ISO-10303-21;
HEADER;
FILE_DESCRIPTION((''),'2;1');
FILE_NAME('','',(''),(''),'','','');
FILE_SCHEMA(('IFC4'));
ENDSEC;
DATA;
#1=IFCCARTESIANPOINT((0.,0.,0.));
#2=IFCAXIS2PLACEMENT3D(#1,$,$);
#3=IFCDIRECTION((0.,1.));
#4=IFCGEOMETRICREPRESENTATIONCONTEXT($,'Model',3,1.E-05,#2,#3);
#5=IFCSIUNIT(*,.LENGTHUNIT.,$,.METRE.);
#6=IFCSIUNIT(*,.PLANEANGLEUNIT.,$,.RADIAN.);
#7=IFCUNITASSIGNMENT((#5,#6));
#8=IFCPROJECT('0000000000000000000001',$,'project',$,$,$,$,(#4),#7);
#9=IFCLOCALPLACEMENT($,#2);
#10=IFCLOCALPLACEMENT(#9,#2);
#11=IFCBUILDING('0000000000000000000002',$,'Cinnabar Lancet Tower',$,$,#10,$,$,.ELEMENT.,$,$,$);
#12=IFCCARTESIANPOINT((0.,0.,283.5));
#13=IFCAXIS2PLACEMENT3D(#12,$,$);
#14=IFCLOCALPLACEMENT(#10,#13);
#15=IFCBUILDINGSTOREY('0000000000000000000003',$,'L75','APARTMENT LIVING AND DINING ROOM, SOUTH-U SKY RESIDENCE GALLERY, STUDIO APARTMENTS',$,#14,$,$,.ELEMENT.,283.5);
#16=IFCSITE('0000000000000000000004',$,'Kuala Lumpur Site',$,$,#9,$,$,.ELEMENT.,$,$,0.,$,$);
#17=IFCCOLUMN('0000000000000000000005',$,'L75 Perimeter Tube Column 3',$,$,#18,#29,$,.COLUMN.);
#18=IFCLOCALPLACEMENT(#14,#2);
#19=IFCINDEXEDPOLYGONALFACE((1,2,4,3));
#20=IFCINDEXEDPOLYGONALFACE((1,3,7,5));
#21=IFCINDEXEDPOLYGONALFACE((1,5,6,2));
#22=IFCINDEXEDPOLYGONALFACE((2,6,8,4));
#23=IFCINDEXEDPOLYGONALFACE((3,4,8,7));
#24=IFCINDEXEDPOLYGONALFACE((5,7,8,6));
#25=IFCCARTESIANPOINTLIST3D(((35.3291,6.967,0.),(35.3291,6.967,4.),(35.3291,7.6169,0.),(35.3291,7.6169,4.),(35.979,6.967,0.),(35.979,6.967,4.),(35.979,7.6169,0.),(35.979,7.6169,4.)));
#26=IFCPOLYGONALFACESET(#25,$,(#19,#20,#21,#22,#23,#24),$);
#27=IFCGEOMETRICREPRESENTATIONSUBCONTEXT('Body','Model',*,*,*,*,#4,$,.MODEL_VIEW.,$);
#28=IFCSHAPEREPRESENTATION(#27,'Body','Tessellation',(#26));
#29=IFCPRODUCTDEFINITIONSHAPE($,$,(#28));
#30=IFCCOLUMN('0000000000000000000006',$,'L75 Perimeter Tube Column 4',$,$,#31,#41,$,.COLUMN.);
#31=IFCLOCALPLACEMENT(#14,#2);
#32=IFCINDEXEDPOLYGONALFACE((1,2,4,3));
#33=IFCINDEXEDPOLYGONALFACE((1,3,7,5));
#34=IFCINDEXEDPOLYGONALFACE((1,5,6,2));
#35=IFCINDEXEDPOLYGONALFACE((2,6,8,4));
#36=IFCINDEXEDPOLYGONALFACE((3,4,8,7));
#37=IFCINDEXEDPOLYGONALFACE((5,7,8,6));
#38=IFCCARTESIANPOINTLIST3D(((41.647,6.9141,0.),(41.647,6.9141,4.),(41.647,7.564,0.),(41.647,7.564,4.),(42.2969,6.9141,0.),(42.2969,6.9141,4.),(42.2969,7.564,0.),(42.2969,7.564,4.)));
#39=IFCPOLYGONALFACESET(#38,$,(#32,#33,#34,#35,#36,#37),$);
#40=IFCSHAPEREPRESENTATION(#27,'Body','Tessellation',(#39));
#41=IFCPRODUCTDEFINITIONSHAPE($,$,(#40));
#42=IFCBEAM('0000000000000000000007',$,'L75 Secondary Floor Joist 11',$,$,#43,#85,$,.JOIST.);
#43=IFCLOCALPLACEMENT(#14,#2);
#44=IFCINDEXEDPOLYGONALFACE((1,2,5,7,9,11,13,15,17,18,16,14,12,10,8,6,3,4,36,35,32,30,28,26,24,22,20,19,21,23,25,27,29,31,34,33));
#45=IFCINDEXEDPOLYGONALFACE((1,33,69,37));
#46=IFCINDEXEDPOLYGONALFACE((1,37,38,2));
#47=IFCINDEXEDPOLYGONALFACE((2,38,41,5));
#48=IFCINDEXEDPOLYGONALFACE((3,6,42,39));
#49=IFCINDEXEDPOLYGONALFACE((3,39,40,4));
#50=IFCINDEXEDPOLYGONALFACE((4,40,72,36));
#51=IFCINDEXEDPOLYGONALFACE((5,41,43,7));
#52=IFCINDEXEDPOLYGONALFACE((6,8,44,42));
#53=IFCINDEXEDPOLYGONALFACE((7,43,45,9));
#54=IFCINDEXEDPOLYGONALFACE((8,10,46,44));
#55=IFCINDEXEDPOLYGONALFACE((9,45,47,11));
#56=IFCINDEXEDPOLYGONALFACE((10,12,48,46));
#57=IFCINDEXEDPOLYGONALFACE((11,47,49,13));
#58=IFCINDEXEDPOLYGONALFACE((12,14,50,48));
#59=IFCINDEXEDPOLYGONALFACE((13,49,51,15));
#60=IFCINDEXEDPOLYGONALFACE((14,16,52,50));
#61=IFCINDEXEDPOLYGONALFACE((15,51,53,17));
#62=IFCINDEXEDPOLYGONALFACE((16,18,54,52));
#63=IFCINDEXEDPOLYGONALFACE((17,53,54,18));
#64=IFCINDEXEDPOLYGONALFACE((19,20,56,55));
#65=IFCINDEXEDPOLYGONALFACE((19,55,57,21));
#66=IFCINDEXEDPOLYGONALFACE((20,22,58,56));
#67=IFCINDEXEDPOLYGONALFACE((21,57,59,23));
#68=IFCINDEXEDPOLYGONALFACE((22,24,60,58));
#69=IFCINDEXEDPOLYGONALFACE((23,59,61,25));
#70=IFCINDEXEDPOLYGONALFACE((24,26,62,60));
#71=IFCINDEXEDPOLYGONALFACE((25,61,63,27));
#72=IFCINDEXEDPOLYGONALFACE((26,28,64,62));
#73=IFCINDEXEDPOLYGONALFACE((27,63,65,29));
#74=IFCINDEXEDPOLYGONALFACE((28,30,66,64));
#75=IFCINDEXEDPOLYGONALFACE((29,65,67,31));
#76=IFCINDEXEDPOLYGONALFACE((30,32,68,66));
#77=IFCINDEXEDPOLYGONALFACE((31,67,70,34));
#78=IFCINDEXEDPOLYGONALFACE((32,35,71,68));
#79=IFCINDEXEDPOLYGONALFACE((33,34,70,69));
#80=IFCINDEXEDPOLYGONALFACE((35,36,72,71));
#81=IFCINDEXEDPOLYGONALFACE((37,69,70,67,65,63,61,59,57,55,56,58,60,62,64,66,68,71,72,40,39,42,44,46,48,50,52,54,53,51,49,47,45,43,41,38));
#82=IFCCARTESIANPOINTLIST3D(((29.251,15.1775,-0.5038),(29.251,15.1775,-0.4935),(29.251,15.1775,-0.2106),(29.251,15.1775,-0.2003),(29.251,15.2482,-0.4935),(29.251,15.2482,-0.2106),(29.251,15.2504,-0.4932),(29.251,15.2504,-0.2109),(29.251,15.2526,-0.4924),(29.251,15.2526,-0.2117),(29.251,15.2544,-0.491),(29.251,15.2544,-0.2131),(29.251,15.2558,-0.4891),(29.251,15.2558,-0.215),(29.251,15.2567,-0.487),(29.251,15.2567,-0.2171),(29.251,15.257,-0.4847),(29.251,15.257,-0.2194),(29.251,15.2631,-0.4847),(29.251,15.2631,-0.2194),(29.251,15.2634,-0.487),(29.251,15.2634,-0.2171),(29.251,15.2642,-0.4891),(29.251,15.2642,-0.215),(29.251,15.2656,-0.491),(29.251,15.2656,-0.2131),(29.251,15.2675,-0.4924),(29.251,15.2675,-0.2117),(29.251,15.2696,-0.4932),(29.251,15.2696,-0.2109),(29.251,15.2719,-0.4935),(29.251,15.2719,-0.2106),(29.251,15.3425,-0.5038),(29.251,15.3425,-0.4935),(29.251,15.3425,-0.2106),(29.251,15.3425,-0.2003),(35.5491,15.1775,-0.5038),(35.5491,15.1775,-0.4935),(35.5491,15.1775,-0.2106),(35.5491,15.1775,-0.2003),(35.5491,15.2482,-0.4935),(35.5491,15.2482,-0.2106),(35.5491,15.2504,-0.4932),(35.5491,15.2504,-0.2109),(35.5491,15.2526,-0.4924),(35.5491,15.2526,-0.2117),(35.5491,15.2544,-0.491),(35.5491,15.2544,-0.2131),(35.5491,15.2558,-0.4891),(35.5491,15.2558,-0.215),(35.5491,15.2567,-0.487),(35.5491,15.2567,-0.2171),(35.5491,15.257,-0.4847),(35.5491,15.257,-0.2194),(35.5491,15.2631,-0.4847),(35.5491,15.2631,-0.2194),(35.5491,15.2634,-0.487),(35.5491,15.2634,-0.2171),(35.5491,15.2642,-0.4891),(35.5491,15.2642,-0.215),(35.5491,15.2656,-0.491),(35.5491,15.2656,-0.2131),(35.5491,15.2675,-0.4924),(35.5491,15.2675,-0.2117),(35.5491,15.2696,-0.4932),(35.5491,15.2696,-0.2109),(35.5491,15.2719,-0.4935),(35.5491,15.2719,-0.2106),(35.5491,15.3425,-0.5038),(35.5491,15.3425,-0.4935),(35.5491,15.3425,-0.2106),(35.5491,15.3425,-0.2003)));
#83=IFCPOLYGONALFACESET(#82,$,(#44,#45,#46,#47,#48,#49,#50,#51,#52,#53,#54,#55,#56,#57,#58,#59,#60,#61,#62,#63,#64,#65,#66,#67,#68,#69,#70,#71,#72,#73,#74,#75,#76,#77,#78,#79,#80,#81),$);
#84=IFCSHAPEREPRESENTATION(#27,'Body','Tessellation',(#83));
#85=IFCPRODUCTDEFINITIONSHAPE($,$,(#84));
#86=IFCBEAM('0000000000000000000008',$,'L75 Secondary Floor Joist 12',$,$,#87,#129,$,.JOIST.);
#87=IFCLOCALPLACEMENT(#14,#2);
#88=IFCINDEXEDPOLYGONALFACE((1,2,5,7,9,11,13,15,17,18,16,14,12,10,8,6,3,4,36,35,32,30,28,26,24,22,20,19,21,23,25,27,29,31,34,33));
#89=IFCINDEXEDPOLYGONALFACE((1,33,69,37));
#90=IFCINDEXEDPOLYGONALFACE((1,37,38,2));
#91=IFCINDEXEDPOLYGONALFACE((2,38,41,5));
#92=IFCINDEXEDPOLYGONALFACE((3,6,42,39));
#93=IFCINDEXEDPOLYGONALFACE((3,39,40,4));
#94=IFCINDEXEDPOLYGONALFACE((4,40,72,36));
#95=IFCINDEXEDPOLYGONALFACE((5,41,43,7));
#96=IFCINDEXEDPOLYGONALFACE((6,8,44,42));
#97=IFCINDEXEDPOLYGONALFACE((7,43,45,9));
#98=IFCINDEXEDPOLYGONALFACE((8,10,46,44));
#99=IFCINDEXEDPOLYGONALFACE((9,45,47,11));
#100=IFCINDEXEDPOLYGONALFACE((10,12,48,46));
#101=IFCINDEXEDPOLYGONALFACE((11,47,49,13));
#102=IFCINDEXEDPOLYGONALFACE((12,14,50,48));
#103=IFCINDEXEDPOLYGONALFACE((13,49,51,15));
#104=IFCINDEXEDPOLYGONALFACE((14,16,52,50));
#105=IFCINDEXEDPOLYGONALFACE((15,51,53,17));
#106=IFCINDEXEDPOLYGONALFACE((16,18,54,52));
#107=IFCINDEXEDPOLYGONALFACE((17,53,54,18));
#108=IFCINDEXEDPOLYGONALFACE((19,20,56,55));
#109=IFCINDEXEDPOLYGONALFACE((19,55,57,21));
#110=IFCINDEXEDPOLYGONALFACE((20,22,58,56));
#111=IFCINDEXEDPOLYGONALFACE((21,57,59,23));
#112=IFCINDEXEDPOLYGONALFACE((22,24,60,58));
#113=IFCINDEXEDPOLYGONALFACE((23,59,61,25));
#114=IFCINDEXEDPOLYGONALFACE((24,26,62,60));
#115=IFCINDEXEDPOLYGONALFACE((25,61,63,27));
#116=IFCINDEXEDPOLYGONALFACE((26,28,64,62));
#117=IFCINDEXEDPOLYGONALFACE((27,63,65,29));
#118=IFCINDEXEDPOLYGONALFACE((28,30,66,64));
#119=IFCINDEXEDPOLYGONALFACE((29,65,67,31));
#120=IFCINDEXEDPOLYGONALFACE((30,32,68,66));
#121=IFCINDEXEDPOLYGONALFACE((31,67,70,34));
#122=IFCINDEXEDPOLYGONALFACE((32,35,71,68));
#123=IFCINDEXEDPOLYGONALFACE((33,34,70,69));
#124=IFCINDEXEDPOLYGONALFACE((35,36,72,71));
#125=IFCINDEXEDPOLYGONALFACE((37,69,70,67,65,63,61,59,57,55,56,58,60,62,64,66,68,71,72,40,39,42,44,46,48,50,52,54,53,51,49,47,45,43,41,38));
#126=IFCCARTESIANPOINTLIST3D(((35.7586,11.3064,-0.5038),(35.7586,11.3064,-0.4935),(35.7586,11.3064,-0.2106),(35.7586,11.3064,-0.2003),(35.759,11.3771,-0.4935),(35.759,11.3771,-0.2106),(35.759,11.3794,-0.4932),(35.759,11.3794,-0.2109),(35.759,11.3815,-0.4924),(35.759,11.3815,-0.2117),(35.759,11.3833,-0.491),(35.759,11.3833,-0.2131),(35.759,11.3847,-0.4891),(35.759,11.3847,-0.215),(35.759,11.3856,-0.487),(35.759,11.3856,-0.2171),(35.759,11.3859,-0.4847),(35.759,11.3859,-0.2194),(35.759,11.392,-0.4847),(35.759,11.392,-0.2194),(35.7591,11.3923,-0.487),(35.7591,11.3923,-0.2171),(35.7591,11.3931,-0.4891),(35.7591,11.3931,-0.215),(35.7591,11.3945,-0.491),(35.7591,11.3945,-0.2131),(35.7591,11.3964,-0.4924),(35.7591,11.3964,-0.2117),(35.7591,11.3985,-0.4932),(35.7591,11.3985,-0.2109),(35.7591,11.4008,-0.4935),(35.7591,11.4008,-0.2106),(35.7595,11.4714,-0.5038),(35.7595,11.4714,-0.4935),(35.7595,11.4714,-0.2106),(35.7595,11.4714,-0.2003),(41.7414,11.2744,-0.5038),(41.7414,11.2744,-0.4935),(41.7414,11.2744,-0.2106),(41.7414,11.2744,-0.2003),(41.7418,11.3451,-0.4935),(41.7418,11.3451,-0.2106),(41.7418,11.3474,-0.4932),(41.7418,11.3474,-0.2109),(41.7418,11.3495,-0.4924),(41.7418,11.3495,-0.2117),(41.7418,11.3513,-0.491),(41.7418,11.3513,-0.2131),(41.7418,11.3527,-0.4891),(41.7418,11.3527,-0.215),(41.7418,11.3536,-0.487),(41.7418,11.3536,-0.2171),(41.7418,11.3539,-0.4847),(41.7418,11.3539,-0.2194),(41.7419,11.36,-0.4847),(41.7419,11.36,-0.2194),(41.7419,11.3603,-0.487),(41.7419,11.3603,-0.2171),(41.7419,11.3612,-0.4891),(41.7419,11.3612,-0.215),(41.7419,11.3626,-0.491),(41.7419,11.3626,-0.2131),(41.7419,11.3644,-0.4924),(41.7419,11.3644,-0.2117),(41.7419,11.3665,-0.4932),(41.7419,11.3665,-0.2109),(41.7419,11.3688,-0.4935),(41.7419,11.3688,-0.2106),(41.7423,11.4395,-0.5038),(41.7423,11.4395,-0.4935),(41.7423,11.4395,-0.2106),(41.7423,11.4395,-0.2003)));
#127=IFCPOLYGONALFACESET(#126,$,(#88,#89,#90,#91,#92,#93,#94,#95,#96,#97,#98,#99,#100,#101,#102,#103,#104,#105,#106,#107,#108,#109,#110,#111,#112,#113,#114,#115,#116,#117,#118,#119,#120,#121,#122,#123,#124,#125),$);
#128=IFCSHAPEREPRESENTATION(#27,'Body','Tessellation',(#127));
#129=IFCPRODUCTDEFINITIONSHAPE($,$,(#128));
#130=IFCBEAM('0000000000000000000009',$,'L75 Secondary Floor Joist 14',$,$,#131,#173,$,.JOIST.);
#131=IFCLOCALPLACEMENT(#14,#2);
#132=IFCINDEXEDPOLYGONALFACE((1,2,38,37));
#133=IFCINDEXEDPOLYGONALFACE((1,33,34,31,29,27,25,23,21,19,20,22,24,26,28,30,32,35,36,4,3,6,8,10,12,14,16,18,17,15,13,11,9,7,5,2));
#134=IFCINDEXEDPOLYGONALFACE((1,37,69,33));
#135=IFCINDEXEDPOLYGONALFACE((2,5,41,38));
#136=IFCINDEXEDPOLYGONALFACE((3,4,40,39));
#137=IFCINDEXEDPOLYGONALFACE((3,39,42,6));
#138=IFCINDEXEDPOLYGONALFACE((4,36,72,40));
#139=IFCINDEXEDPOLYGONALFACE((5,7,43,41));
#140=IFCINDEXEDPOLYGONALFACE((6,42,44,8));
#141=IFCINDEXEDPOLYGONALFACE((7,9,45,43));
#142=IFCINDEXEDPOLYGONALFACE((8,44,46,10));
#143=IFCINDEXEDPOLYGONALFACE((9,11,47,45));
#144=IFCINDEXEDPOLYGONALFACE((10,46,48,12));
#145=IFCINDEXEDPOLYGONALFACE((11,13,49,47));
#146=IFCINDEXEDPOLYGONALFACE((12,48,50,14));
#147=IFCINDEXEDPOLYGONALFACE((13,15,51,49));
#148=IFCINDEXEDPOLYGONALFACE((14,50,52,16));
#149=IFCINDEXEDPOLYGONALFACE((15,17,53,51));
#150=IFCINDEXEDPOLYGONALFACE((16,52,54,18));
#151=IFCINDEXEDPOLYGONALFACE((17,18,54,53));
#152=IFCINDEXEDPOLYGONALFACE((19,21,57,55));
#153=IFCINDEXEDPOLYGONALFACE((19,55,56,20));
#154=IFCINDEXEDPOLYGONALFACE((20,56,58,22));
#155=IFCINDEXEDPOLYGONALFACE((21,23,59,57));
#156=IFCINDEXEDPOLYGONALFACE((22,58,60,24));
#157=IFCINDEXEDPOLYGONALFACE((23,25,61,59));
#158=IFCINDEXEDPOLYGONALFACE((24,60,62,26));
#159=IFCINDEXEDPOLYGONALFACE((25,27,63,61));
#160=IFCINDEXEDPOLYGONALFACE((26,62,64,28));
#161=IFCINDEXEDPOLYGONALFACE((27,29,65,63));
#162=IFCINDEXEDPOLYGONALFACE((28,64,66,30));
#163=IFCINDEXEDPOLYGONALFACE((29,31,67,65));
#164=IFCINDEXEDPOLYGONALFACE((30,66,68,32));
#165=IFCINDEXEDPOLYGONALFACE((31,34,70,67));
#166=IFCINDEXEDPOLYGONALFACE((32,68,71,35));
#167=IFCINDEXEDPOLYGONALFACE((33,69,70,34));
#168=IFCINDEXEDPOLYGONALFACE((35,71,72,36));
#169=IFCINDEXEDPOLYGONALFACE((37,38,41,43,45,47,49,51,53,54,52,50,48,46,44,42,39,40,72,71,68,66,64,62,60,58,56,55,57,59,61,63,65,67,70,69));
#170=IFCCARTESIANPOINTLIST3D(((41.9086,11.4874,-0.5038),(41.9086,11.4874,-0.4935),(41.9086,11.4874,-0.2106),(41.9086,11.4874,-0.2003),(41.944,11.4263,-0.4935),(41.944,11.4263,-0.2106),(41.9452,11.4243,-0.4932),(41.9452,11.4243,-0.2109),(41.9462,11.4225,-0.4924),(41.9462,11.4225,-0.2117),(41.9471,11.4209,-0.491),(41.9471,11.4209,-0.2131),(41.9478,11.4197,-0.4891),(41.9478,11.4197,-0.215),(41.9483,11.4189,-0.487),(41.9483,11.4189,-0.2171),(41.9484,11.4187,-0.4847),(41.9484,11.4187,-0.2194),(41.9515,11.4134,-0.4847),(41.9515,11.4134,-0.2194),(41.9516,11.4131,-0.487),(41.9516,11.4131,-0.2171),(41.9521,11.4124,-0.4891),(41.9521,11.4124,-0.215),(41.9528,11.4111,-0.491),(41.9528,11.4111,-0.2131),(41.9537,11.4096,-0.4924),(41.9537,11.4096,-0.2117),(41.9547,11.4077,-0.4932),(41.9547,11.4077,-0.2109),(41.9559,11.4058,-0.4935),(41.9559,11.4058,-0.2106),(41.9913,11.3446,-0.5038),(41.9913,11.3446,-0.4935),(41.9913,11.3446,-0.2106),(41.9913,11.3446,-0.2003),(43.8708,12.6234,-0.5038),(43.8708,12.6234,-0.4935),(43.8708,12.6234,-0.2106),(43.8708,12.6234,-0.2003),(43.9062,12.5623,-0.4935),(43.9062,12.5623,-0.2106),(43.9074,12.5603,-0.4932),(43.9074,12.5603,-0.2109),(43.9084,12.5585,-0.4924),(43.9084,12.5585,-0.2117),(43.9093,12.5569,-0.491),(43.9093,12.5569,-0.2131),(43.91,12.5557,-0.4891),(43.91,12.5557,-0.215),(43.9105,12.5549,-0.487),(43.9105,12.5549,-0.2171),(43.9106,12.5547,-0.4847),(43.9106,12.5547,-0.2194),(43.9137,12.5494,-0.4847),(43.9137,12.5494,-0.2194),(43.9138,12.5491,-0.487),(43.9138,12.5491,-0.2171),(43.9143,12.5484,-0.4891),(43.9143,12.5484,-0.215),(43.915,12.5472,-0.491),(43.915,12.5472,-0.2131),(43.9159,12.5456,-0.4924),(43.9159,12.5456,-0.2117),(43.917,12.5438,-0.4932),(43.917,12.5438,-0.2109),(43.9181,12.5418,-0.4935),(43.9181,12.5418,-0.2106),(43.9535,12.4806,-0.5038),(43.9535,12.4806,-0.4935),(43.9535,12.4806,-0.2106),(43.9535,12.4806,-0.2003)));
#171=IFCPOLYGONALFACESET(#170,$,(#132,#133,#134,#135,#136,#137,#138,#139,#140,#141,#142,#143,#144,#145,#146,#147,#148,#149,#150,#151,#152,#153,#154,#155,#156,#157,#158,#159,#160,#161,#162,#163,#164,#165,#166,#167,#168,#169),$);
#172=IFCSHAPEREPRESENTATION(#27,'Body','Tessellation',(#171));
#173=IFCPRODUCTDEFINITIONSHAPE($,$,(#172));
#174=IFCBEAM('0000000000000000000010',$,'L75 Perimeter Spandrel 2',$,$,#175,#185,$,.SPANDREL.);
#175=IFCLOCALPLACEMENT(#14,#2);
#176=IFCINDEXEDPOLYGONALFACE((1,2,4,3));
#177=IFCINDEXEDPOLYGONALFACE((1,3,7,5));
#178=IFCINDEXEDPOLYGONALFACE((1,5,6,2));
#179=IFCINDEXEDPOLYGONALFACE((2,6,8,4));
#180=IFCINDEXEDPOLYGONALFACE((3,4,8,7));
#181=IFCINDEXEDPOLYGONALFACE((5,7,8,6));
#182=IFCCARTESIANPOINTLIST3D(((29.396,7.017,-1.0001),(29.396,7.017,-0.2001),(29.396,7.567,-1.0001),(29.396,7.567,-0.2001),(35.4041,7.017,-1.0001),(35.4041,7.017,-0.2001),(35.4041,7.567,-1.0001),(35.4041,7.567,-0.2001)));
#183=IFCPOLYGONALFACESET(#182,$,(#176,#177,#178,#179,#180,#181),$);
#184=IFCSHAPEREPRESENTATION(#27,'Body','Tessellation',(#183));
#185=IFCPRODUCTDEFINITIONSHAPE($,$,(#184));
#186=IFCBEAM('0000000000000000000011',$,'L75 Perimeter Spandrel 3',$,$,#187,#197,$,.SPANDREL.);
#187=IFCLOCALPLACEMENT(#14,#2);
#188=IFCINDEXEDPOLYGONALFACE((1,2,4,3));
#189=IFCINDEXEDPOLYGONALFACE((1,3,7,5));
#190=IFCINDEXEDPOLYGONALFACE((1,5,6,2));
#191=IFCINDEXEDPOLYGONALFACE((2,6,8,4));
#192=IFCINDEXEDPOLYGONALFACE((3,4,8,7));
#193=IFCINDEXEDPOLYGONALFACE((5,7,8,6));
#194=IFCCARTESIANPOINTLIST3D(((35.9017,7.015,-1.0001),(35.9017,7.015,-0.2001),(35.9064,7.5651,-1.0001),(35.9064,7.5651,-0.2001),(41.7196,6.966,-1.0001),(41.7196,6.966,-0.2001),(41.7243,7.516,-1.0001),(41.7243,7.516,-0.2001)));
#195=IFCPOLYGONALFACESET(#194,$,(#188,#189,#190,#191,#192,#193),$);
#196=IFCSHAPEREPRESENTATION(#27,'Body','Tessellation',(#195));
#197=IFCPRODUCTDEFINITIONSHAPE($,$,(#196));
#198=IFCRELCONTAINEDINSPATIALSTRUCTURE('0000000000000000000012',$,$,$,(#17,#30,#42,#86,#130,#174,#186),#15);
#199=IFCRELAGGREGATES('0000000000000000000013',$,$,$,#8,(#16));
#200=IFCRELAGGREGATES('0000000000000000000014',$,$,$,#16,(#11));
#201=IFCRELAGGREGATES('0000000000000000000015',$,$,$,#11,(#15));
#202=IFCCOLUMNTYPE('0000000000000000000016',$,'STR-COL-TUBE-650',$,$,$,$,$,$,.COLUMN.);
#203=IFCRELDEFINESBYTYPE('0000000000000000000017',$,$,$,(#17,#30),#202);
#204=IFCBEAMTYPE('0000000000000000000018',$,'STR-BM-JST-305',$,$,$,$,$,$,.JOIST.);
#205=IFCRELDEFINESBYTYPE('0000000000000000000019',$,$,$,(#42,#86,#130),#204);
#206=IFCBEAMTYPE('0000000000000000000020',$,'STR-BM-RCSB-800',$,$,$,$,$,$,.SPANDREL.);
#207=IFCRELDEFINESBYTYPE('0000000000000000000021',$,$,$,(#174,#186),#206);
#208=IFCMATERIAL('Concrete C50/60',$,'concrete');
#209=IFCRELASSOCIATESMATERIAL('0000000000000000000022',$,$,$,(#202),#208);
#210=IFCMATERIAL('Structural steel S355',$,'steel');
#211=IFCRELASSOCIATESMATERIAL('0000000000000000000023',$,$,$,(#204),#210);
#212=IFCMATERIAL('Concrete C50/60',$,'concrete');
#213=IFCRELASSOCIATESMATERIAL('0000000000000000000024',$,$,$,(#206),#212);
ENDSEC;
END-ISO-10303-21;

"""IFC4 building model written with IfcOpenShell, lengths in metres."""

from ifc_helpers import new_model, si_unit, direction, frame, origin, origin_2d, place, context, subcontext, project, spatial, rectangle, i_section, extrude, material, material_profile, profile_set, type_object, element, save


model = new_model("IFC4")

# Units and contexts
model_context = context("Model", 3, precision=1e-05, world=origin(), true_north=direction((0.0, 1.0)))
body_context = subcontext(model_context, "Body", "Model", "MODEL_VIEW")
ifc_project = project(units=[si_unit("LENGTHUNIT", "METRE"), si_unit("PLANEANGLEUNIT", "RADIAN")], contexts=[model_context])

# Site, building, storey
site_placement = place(None, origin())
site = spatial("IfcSite", under=ifc_project, at=site_placement, Name="Kuala Lumpur Site", CompositionType="ELEMENT", RefElevation=0.0)
building_placement = place(site_placement, origin())
building = spatial("IfcBuilding", under=site, at=building_placement, Name="Cinnabar Lancet Tower", CompositionType="ELEMENT")
storey_placement = place(building_placement, frame((0.0, 0.0, 283.5)))
storey = spatial("IfcBuildingStorey", under=building, at=storey_placement, Name="L75", Description="APARTMENT LIVING AND DINING ROOM, SOUTH-U SKY RESIDENCE GALLERY, STUDIO APARTMENTS", CompositionType="ELEMENT", Elevation=283.5)

# Columns
ifc_material_1 = material(Name="Concrete C50/60", Category="concrete")
ifc_material_profile_1 = material_profile(ifc_material_1, rectangle(XDim=0.6499, YDim=0.6499, at=origin_2d()), Name="RC-COL 650x650")
ifc_profile_set_1 = profile_set([ifc_material_profile_1], Name="Concrete C50/60")
column_type = type_object("IfcColumnType", Name="STR-COL-TUBE-650", PredefinedType="COLUMN", material=ifc_profile_set_1)
for number, where, z_axis, x_axis, name in (
    (1, (35.6541, 7.292, 0.0), (0.0, 0.0, 1.0), (1.0, 0.0, 0.0), "L75 Perimeter Tube Column 3"),
    (2, (41.9719, 7.239, 0.0), (0.0, 0.0, 1.0), (1.0, 0.0, 0.0), "L75 Perimeter Tube Column 4"),
):
    element("IfcColumn", number, at=place(storey_placement, frame(where, z_axis=z_axis, x_axis=x_axis)), inside=storey, type_object=column_type, Name=name, PredefinedType="COLUMN", context=body_context, shape_type="SweptSolid", body=[
        extrude(rectangle(XDim=0.6499, YDim=0.6499, at=origin_2d()), origin(), (0.0, 0.0, 1.0), 4.0),
    ])

# Beams
ifc_material_2 = material(Name="Structural steel S355", Category="steel")
ifc_material_profile_2 = material_profile(ifc_material_2, i_section(OverallWidth=0.165, OverallDepth=0.3035, WebThickness=0.0061, FlangeThickness=0.0103, FilletRadius=0.0088, at=origin_2d()), Name="UKB 305x165x40")
ifc_profile_set_2 = profile_set([ifc_material_profile_2], Name="Structural steel S355")
beam_type_1 = type_object("IfcBeamType", Name="STR-BM-JST-305", PredefinedType="JOIST", material=ifc_profile_set_2)
beam_1_placement = place(storey_placement, frame((29.251, 15.26, -0.3521), z_axis=(1.0, 0.0, 0.0), x_axis=(0.0, 1.0, 0.0)))
element("IfcBeam", 3, at=beam_1_placement, inside=storey, type_object=beam_type_1, Name="L75 Secondary Floor Joist 11", PredefinedType="JOIST", context=body_context, shape_type="SweptSolid", body=[
    extrude(i_section(OverallWidth=0.165, OverallDepth=0.3035, WebThickness=0.0061, FlangeThickness=0.0103, FilletRadius=0.0088, at=origin_2d()), origin(), (0.0, 0.0, 1.0), 6.2981),
])
beam_2_placement = place(storey_placement, frame((35.759, 11.3889, -0.3521), z_axis=(0.999986, -0.005346, 0.0), x_axis=(0.005346, 0.999986, 0.0)))
element("IfcBeam", 4, at=beam_2_placement, inside=storey, type_object=beam_type_1, Name="L75 Secondary Floor Joist 12", PredefinedType="JOIST", context=body_context, shape_type="SweptSolid", body=[
    extrude(i_section(OverallWidth=0.165, OverallDepth=0.3035, WebThickness=0.0061, FlangeThickness=0.0103, FilletRadius=0.0088, at=origin_2d()), origin(), (0.0, 0.0, 1.0), 5.9829),
])
beam_3_placement = place(storey_placement, frame((41.95, 11.416, -0.3521), z_axis=(0.865426, 0.501036, 0.0), x_axis=(-0.501036, 0.865426, 0.0)))
element("IfcBeam", 5, at=beam_3_placement, inside=storey, type_object=beam_type_1, Name="L75 Secondary Floor Joist 14", PredefinedType="JOIST", context=body_context, shape_type="SweptSolid", body=[
    extrude(i_section(OverallWidth=0.165, OverallDepth=0.3035, WebThickness=0.0061, FlangeThickness=0.0103, FilletRadius=0.0088, at=origin_2d()), origin(), (0.0, 0.0, 1.0), 2.2673),
])
ifc_material_3 = material(Name="Concrete C50/60", Category="concrete")
ifc_material_profile_3 = material_profile(ifc_material_3, rectangle(XDim=0.55, YDim=0.8, at=origin_2d()), Name="RC-SB 550x800")
ifc_profile_set_3 = profile_set([ifc_material_profile_3], Name="Concrete C50/60")
beam_type_2 = type_object("IfcBeamType", Name="STR-BM-RCSB-800", PredefinedType="SPANDREL", material=ifc_profile_set_3)
beam_4_placement = place(storey_placement, frame((29.396, 7.292, -0.6001), z_axis=(1.0, 0.0, 0.0), x_axis=(0.0, 1.0, 0.0)))
element("IfcBeam", 6, at=beam_4_placement, inside=storey, type_object=beam_type_2, Name="L75 Perimeter Spandrel 2", PredefinedType="SPANDREL", context=body_context, shape_type="SweptSolid", body=[
    extrude(rectangle(XDim=0.55, YDim=0.8, at=origin_2d()), origin(), (0.0, 0.0, 1.0), 6.0081),
])
beam_5_placement = place(storey_placement, frame((35.9041, 7.29, -0.6001), z_axis=(0.999964, -0.008434, 0.0), x_axis=(0.008434, 0.999964, 0.0)))
element("IfcBeam", 7, at=beam_5_placement, inside=storey, type_object=beam_type_2, Name="L75 Perimeter Spandrel 3", PredefinedType="SPANDREL", context=body_context, shape_type="SweptSolid", body=[
    extrude(rectangle(XDim=0.55, YDim=0.8, at=origin_2d()), origin(), (0.0, 0.0, 1.0), 5.8181),
])

save(model, "model.ifc")
